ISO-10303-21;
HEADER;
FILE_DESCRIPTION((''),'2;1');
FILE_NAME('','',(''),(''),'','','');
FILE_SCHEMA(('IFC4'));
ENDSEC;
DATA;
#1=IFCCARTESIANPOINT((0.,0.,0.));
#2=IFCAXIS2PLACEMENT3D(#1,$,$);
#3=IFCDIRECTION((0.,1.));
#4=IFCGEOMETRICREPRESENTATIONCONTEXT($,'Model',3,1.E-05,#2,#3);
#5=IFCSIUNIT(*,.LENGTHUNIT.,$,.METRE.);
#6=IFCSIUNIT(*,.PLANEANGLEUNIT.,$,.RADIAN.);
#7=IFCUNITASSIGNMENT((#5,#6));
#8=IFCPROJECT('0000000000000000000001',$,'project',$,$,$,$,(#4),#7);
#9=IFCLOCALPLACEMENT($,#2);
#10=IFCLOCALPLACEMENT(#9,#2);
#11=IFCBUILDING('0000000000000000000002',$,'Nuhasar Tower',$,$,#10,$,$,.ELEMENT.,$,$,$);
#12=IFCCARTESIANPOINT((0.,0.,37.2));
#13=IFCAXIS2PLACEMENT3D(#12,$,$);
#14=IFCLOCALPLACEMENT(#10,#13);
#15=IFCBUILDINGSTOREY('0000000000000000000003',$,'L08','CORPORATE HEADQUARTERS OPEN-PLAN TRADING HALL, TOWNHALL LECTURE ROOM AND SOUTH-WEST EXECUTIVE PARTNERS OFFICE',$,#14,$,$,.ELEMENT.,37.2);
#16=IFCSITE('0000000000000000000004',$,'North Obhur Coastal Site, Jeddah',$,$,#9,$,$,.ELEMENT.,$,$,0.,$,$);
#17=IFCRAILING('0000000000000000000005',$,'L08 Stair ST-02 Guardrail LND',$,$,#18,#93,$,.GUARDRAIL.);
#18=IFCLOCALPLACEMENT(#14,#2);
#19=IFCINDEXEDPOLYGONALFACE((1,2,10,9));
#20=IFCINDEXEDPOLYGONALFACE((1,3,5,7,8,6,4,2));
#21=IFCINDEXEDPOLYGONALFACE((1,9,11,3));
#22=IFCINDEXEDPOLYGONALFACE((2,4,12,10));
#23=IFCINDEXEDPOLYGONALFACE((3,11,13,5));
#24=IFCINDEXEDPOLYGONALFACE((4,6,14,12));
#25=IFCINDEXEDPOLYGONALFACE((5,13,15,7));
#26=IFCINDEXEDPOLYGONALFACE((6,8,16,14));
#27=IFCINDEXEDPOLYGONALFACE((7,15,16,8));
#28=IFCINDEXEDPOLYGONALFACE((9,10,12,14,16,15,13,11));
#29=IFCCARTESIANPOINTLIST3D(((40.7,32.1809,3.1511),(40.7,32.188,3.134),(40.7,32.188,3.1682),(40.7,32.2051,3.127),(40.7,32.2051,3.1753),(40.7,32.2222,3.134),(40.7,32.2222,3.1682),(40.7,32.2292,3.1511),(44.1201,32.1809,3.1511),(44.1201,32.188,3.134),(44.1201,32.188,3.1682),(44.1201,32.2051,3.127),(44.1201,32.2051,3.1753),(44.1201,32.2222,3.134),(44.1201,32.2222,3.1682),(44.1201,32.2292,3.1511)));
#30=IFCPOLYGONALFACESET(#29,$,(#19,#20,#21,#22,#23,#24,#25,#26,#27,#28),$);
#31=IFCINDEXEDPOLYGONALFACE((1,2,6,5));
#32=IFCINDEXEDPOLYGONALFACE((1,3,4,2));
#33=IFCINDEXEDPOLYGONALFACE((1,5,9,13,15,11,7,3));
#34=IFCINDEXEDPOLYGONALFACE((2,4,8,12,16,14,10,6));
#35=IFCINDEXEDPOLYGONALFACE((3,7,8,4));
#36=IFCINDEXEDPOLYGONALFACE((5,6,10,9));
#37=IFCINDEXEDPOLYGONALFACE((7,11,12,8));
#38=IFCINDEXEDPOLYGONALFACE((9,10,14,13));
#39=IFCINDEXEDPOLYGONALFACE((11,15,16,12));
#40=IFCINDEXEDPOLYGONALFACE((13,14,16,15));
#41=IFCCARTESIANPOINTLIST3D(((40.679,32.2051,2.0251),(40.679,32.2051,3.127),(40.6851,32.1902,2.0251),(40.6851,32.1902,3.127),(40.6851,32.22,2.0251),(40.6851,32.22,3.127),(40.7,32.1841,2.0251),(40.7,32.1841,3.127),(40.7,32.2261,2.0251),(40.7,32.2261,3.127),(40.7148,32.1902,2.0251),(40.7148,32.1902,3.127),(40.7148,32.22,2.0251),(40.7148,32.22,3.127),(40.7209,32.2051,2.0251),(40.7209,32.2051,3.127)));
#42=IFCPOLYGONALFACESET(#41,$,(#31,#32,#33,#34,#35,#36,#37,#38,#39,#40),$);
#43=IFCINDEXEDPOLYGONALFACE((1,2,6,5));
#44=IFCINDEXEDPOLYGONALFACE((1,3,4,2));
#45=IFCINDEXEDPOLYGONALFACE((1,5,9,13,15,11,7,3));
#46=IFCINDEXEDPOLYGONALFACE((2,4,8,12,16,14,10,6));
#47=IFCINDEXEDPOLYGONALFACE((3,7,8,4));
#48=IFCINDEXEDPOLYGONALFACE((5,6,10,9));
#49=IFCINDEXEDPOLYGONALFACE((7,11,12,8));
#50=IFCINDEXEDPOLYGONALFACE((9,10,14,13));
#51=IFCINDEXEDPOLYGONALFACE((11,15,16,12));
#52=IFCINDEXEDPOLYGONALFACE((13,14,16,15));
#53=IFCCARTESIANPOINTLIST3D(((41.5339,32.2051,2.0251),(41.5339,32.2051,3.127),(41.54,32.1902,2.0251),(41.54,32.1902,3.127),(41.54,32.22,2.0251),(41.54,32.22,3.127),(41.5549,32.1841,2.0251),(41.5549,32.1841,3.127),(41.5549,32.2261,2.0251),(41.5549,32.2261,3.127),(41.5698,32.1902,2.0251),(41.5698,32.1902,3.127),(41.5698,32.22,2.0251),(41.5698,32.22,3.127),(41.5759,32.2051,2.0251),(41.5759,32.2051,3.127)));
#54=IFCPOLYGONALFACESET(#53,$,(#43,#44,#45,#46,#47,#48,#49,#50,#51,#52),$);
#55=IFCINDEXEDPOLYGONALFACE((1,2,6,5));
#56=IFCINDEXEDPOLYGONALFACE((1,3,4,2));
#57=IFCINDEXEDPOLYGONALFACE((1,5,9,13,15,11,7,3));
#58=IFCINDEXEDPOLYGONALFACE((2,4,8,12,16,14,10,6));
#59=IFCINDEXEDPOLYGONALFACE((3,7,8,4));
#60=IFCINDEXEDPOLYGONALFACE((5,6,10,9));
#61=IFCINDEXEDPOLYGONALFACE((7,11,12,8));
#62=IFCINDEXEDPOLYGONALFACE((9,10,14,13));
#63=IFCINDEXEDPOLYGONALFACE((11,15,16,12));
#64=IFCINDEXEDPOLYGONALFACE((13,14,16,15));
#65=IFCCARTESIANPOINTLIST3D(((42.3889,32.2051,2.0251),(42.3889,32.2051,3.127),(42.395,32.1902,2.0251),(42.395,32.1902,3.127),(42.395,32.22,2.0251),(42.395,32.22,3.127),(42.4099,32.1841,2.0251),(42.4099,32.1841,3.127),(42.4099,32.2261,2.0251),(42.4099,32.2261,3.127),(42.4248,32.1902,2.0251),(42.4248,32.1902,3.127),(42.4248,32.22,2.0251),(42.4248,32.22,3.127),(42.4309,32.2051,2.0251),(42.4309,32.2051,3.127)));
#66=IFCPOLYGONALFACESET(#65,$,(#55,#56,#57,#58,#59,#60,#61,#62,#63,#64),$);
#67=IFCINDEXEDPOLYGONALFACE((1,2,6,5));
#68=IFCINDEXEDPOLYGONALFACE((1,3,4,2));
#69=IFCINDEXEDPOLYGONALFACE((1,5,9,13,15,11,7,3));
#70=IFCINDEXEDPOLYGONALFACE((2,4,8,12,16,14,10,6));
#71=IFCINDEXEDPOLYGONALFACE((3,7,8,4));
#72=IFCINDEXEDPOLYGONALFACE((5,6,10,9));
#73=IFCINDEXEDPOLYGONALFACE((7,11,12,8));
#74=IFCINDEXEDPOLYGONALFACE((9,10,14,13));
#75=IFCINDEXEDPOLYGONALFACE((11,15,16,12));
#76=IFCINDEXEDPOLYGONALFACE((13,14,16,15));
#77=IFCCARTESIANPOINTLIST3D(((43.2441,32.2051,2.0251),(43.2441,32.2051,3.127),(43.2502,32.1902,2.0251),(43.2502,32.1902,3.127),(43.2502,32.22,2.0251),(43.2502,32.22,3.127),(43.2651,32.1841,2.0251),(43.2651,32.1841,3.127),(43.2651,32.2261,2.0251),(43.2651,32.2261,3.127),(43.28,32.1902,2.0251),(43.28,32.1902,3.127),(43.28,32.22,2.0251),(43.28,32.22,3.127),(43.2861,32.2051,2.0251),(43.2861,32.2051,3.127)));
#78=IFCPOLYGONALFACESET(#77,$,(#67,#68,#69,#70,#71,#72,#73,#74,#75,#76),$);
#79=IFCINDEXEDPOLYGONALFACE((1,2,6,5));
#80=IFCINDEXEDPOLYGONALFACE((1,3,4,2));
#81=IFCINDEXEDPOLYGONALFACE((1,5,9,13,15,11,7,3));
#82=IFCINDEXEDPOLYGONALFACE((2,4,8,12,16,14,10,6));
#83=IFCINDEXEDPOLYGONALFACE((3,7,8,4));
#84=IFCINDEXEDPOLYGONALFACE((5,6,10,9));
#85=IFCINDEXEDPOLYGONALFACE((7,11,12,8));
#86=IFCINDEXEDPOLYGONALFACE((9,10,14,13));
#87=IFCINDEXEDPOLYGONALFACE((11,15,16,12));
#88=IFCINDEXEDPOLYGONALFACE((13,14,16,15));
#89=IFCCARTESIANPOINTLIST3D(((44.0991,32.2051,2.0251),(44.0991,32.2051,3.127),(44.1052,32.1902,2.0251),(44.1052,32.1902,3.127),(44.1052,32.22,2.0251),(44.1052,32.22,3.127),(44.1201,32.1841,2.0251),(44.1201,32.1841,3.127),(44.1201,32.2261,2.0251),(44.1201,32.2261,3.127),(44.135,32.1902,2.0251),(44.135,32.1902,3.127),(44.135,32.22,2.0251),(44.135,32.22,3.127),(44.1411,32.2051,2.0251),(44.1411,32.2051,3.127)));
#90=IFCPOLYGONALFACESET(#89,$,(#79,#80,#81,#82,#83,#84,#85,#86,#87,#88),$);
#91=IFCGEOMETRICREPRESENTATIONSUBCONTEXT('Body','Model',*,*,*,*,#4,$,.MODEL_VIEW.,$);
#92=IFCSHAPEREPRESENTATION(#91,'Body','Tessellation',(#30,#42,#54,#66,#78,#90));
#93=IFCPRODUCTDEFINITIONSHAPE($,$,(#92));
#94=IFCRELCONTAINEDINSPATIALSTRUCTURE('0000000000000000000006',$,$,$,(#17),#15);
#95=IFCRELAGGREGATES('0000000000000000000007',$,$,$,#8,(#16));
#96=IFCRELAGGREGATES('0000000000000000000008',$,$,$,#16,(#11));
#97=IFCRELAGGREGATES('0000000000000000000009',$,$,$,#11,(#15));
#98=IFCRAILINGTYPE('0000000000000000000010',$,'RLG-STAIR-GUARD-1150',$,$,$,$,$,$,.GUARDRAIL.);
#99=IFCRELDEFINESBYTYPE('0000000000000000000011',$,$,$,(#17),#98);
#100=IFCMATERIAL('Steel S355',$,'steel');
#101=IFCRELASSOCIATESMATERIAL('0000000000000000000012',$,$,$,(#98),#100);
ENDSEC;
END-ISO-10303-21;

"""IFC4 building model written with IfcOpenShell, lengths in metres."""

from ifc_helpers import new_model, si_unit, direction, frame, origin, place, context, subcontext, project, spatial, polyline, outline, extrude, material, type_object, element, save


model = new_model("IFC4")

# Units and contexts
model_context = context("Model", 3, precision=1e-05, world=origin(), true_north=direction((0.0, 1.0)))
body_context = subcontext(model_context, "Body", "Model", "MODEL_VIEW")
ifc_project = project(units=[si_unit("LENGTHUNIT", "METRE"), si_unit("PLANEANGLEUNIT", "RADIAN")], contexts=[model_context])

# Site, building, storey
site_placement = place(None, origin())
site = spatial("IfcSite", under=ifc_project, at=site_placement, Name="North Obhur Coastal Site, Jeddah", CompositionType="ELEMENT", RefElevation=0.0)
building_placement = place(site_placement, origin())
building = spatial("IfcBuilding", under=site, at=building_placement, Name="Nuhasar Tower", CompositionType="ELEMENT")
storey_placement = place(building_placement, frame((0.0, 0.0, 37.2)))
storey = spatial("IfcBuildingStorey", under=building, at=storey_placement, Name="L08", Description="CORPORATE HEADQUARTERS OPEN-PLAN TRADING HALL, TOWNHALL LECTURE ROOM AND SOUTH-WEST EXECUTIVE PARTNERS OFFICE", CompositionType="ELEMENT", Elevation=37.2)

# Shared definitions
ifc_material_1 = material(Name="Steel S355", Category="steel")

# Railing
railing_type_1 = type_object("IfcRailingType", Name="RLG-STAIR-GUARD-1150", PredefinedType="GUARDRAIL", material=ifc_material_1)
railing_1_placement = place(storey_placement, frame((40.7, 32.2051, 2.0251)))
element("IfcRailing", 1, at=railing_1_placement, inside=storey, type_object=railing_type_1, Name="L08 Stair ST-02 Guardrail LND", PredefinedType="GUARDRAIL", context=body_context, shape_type="SweptSolid", body=[
    extrude(outline(polyline([(0.0242, 0.0), (0.0171, 0.0171), (0.0, 0.0242), (-0.0171, 0.0171), (-0.0242, 0.0), (-0.0171, -0.0171), (0.0, -0.0242), (0.0171, -0.0171), (0.0242, 0.0)])), frame((0.0, 0.0, 1.126), z_axis=(1.0, 0.0, 0.0), x_axis=(0.0, 1.0, 0.0)), (0.0, 0.0, 1.0), 3.4202),
    extrude(outline(polyline([(0.021, 0.0), (0.0149, 0.0149), (0.0, 0.021), (-0.0149, 0.0149), (-0.021, 0.0), (-0.0149, -0.0149), (0.0, -0.021), (0.0149, -0.0149), (0.021, 0.0)])), origin(), (0.0, 0.0, 1.0), 1.1018),
    extrude(outline(polyline([(0.021, 0.0), (0.0149, 0.0149), (0.0, 0.021), (-0.0149, 0.0149), (-0.021, 0.0), (-0.0149, -0.0149), (0.0, -0.021), (0.0149, -0.0149), (0.021, 0.0)])), frame((0.855, 0.0, 0.0)), (0.0, 0.0, 1.0), 1.1018),
    extrude(outline(polyline([(0.021, 0.0), (0.0149, 0.0149), (0.0, 0.021), (-0.0149, 0.0149), (-0.021, 0.0), (-0.0149, -0.0149), (0.0, -0.021), (0.0149, -0.0149), (0.021, 0.0)])), frame((1.71, 0.0, 0.0)), (0.0, 0.0, 1.0), 1.1018),
    extrude(outline(polyline([(0.021, 0.0), (0.0149, 0.0149), (0.0, 0.021), (-0.0149, 0.0149), (-0.021, 0.0), (-0.0149, -0.0149), (0.0, -0.021), (0.0149, -0.0149), (0.021, 0.0)])), frame((2.5652, 0.0, 0.0)), (0.0, 0.0, 1.0), 1.1018),
    extrude(outline(polyline([(0.021, 0.0), (0.0149, 0.0149), (0.0, 0.021), (-0.0149, 0.0149), (-0.021, 0.0), (-0.0149, -0.0149), (0.0, -0.021), (0.0149, -0.0149), (0.021, 0.0)])), frame((3.4202, 0.0, 0.0)), (0.0, 0.0, 1.0), 1.1018),
])

save(model, "model.ifc")
